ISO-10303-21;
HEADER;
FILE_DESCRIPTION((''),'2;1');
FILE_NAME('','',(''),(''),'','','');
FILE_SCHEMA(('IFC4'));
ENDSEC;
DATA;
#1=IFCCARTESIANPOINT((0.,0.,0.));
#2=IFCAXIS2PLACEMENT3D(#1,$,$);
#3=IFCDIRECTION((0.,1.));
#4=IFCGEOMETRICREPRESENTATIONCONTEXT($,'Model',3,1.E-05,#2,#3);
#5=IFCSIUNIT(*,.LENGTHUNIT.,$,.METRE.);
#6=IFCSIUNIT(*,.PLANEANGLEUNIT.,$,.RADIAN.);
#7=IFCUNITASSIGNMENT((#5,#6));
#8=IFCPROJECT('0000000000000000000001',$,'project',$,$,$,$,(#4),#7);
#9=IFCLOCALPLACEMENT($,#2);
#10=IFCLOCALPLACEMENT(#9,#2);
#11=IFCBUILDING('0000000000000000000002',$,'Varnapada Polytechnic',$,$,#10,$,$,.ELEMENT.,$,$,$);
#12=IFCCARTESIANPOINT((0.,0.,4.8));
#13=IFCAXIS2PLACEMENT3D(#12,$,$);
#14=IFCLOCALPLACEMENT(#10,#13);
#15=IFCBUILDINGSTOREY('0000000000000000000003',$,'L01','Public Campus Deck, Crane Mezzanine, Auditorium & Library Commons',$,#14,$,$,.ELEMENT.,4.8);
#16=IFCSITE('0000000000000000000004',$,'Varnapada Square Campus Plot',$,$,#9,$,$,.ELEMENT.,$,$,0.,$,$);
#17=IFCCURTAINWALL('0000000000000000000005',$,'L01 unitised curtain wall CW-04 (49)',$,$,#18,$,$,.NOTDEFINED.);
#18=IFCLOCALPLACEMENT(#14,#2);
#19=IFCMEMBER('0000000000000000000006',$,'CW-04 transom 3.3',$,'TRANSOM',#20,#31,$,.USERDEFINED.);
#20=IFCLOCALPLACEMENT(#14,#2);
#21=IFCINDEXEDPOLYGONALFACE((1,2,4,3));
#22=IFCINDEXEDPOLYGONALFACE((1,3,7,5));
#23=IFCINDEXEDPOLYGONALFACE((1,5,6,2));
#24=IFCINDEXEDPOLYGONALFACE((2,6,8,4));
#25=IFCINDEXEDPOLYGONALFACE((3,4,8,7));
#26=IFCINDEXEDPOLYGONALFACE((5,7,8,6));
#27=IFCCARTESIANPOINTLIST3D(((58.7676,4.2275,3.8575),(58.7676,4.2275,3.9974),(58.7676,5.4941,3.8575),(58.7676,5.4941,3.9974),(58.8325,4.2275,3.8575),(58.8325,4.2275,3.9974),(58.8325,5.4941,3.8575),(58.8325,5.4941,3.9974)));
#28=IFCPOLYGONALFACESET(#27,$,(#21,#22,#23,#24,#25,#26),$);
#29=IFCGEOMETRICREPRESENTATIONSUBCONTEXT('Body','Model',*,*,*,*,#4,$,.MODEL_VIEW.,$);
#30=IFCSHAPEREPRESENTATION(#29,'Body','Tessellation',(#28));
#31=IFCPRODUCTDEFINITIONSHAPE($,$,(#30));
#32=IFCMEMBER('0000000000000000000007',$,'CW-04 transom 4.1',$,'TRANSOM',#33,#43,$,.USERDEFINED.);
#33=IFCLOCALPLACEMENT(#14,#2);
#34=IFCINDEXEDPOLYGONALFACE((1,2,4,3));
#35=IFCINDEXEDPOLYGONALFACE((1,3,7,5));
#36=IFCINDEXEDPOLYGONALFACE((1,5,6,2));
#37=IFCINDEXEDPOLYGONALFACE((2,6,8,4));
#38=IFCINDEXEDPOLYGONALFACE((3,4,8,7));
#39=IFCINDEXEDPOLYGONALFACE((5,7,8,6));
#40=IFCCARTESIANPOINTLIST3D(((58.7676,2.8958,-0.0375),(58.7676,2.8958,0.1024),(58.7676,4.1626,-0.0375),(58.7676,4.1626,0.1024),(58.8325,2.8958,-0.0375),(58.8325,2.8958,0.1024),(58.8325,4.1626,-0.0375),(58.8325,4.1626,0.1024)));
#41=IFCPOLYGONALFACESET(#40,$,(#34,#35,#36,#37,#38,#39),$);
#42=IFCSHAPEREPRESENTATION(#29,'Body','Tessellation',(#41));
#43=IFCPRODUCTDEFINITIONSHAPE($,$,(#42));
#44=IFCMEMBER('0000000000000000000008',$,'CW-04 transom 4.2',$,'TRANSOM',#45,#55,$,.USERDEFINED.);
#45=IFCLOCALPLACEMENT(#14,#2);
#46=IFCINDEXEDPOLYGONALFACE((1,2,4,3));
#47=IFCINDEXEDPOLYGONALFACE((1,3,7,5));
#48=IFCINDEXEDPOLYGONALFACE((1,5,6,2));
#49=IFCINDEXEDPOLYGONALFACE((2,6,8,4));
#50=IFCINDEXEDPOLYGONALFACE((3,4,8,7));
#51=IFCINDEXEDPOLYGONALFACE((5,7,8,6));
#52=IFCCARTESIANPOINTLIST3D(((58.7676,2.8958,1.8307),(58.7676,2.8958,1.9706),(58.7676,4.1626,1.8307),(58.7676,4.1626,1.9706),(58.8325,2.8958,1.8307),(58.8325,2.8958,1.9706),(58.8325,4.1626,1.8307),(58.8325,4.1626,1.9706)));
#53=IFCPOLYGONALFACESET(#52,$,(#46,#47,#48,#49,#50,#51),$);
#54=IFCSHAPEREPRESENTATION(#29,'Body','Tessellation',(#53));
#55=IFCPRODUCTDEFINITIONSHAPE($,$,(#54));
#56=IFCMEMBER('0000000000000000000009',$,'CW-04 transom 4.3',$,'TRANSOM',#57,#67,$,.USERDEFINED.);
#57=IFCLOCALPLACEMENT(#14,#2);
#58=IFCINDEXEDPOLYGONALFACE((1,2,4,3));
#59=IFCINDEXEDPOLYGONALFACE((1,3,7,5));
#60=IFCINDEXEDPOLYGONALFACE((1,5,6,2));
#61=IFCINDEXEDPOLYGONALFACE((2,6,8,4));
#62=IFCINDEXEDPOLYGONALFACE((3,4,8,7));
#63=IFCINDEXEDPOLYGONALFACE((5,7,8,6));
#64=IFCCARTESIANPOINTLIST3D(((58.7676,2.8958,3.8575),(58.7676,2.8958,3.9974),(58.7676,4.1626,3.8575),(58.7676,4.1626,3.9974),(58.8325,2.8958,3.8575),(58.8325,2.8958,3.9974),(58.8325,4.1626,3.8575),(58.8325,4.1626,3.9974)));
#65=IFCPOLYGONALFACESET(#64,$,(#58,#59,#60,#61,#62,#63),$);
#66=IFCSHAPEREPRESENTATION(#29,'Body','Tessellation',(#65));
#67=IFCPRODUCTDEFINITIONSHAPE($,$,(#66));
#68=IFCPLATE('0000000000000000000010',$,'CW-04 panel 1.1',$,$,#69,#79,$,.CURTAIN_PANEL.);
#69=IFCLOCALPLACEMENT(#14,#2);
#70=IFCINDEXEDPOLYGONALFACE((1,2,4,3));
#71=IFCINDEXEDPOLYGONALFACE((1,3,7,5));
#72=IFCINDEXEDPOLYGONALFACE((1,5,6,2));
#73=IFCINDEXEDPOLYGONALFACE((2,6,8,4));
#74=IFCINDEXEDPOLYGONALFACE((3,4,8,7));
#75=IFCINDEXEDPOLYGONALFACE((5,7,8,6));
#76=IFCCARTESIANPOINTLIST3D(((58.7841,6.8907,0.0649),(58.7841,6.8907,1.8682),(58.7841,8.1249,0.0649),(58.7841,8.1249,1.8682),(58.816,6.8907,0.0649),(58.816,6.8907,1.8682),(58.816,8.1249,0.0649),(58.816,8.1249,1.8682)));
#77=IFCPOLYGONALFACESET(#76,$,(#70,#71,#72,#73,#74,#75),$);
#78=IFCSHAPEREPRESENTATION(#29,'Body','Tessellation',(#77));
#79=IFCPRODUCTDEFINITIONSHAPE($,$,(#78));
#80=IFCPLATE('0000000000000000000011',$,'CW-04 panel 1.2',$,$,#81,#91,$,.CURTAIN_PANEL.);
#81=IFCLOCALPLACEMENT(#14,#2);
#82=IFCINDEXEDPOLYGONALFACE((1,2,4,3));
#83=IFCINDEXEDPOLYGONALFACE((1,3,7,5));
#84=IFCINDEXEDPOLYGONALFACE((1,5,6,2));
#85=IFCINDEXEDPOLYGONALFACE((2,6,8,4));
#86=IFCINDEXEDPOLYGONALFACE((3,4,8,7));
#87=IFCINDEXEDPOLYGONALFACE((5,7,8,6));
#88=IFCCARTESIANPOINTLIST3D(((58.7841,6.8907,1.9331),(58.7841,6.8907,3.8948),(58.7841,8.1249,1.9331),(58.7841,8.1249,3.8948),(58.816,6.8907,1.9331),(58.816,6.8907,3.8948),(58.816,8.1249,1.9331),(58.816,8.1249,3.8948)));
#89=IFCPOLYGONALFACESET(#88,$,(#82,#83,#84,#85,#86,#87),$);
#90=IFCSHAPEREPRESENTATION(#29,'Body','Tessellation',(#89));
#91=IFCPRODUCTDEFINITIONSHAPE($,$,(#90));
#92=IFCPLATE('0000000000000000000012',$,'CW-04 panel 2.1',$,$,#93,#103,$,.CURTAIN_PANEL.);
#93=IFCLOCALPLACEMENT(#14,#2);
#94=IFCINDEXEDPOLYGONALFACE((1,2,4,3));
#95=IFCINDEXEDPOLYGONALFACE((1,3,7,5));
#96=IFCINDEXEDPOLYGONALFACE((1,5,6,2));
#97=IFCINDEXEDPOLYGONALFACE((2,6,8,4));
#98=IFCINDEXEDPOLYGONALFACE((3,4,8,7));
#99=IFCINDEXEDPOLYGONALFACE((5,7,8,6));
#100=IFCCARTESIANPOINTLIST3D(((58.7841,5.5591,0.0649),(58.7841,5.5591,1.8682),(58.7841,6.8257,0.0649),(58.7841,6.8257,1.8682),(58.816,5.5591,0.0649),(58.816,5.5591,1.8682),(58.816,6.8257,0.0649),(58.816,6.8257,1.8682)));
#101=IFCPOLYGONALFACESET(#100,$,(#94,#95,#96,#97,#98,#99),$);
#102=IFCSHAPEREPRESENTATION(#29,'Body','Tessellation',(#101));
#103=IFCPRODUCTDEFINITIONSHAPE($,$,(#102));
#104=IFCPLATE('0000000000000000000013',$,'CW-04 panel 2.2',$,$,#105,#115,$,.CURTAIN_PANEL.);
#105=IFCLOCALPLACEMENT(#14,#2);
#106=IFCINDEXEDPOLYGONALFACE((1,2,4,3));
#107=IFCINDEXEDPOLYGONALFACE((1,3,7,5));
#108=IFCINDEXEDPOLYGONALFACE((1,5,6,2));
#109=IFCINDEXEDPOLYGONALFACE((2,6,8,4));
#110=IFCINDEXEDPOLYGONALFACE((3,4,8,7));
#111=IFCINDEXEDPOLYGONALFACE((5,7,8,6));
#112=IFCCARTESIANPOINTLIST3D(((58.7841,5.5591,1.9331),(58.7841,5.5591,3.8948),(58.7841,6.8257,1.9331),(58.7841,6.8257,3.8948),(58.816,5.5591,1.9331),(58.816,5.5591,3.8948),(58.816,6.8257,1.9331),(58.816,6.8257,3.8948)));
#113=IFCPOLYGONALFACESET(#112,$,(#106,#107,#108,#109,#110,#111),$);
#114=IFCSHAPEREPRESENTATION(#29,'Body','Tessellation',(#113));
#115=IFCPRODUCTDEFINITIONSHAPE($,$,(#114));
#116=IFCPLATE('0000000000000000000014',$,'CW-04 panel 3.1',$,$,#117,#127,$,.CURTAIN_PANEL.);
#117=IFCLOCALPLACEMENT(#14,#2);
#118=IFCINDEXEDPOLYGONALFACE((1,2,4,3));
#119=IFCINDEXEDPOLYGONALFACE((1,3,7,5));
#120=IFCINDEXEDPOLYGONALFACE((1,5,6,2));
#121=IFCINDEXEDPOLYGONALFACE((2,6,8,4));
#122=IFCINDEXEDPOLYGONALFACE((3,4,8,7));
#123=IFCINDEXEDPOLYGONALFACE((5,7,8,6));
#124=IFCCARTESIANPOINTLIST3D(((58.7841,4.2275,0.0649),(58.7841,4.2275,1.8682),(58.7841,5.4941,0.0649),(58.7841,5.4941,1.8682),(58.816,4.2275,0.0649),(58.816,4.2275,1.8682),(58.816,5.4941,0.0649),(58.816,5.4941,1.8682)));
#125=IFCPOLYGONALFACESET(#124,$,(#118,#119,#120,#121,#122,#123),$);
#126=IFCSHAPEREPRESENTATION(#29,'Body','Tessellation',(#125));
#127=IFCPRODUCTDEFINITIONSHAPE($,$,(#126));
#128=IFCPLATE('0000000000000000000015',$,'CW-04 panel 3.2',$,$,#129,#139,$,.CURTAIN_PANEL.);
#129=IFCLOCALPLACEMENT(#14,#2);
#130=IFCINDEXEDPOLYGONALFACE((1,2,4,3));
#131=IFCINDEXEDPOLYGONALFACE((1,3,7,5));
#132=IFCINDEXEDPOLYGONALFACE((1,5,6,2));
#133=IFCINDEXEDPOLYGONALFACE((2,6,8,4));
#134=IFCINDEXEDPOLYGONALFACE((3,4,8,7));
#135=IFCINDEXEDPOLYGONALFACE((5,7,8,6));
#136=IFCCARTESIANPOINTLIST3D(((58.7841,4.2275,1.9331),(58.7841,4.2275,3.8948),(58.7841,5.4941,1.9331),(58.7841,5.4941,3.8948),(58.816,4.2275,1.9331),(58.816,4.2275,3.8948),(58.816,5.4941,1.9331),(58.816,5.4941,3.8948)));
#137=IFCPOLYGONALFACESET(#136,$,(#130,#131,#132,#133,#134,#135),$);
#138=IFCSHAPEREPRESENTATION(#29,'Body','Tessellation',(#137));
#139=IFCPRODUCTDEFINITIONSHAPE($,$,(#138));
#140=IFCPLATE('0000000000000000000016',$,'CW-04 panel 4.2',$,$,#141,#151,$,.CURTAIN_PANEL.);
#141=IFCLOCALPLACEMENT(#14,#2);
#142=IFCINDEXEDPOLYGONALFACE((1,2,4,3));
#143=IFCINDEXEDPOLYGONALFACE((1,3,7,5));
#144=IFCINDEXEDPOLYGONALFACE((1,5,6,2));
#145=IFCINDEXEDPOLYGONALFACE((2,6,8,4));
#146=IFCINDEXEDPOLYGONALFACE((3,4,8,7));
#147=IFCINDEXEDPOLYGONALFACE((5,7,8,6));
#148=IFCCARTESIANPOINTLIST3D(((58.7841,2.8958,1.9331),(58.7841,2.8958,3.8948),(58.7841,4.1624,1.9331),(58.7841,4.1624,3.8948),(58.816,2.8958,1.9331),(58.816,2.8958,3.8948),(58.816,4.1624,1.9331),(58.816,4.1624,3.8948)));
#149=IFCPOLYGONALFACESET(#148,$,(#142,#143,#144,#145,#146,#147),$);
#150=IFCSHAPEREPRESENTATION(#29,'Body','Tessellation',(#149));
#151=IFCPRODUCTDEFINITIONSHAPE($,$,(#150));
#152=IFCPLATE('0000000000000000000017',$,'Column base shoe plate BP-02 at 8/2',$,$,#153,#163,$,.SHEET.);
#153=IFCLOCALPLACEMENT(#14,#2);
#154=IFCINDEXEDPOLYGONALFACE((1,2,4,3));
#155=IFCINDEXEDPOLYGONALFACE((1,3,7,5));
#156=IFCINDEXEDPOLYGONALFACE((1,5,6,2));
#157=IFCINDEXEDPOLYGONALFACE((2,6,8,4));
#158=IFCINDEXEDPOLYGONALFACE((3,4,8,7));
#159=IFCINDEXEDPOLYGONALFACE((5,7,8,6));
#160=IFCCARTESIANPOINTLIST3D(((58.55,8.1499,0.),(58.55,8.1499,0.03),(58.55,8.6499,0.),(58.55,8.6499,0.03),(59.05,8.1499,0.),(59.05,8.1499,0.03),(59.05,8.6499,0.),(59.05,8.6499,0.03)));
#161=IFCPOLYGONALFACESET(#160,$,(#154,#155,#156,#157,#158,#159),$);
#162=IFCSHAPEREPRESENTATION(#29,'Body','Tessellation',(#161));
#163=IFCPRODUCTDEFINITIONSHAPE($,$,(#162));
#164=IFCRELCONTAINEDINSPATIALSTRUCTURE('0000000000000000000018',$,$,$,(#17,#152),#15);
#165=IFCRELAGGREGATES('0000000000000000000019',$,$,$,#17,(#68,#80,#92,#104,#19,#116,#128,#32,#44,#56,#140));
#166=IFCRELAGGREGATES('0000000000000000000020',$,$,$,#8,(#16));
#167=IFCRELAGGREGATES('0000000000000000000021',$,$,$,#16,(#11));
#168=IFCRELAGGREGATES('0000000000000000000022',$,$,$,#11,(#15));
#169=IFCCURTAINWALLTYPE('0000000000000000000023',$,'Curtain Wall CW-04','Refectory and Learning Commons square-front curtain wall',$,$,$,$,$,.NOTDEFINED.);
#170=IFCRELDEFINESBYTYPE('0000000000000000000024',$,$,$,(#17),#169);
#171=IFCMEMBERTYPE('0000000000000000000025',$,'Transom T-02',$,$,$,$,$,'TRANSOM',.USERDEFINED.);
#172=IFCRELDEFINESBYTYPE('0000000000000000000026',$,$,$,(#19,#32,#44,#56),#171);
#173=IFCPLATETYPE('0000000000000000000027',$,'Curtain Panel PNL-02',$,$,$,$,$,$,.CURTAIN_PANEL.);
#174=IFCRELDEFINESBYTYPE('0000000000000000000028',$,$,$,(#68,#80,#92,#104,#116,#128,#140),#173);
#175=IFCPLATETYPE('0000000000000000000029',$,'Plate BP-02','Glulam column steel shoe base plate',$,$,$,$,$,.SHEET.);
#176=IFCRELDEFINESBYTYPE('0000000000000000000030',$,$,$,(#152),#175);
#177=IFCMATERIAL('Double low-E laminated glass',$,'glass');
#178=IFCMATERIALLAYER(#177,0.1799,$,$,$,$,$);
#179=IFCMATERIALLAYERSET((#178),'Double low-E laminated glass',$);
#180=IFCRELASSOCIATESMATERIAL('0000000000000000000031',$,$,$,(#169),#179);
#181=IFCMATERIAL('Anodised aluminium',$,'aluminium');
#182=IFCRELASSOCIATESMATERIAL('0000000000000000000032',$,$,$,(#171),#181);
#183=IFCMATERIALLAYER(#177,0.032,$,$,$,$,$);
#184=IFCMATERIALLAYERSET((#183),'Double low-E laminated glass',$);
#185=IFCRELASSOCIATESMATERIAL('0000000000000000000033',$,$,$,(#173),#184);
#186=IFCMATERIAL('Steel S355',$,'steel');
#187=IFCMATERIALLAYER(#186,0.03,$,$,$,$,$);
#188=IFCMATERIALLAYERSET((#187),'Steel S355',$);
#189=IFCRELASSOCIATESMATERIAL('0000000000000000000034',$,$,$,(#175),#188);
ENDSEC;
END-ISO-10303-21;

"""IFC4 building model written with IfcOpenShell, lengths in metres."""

from ifc_helpers import new_model, si_unit, direction, frame, origin, origin_2d, place, context, subcontext, project, spatial, rectangle, extrude, material, layer, layer_set, material_profile, profile_set, type_object, element, aggregate, save


model = new_model("IFC4")

# Units and contexts
model_context = context("Model", 3, precision=1e-05, world=origin(), true_north=direction((0.0, 1.0)))
body_context = subcontext(model_context, "Body", "Model", "MODEL_VIEW")
ifc_project = project(units=[si_unit("LENGTHUNIT", "METRE"), si_unit("PLANEANGLEUNIT", "RADIAN")], contexts=[model_context])

# Site, building, storey
site_placement = place(None, origin())
site = spatial("IfcSite", under=ifc_project, at=site_placement, Name="Varnapada Square Campus Plot", CompositionType="ELEMENT", RefElevation=0.0)
building_placement = place(site_placement, origin())
building = spatial("IfcBuilding", under=site, at=building_placement, Name="Varnapada Polytechnic", CompositionType="ELEMENT")
storey_placement = place(building_placement, frame((0.0, 0.0, 4.8)))
storey = spatial("IfcBuildingStorey", under=building, at=storey_placement, Name="L01", Description="Public Campus Deck, Crane Mezzanine, Auditorium & Library Commons", CompositionType="ELEMENT", Elevation=4.8)

# Curtain wall
ifc_material_1 = material(Name="Double low-E laminated glass", Category="glass")
ifc_layer_1 = layer(ifc_material_1, 0.1799)
ifc_layer_set_1 = layer_set([ifc_layer_1], Name="Double low-E laminated glass")
curtain_wall_type = type_object("IfcCurtainWallType", Name="Curtain Wall CW-04", Description="Refectory and Learning Commons square-front curtain wall", PredefinedType="NOTDEFINED", material=ifc_layer_set_1)
curtain_wall_placement = place(storey_placement, origin())
curtain_wall = element("IfcCurtainWall", 1, at=curtain_wall_placement, inside=storey, type_object=curtain_wall_type, Name="L01 unitised curtain wall CW-04 (49)", PredefinedType="NOTDEFINED")
ifc_material_2 = material(Name="Anodised aluminium", Category="aluminium")

# Members
ifc_material_profile_1 = material_profile(ifc_material_2, rectangle(XDim=0.0649, YDim=0.1399, at=origin_2d()), Name="ALU T65x140")
ifc_profile_set_1 = profile_set([ifc_material_profile_1], Name="Anodised aluminium")
member_type_1 = type_object("IfcMemberType", Name="Transom T-02", ElementType="TRANSOM", PredefinedType="USERDEFINED", material=ifc_profile_set_1)
member_1_placement = place(storey_placement, frame((58.8, 5.4941, 3.9275), z_axis=(0.0, -1.0, 0.0), x_axis=(1.0, 0.0, 0.0)))
member_1 = element("IfcMember", 2, at=member_1_placement, type_object=member_type_1, Name="CW-04 transom 3.3", ObjectType="TRANSOM", PredefinedType="USERDEFINED", context=body_context, shape_type="SweptSolid", body=[
    extrude(rectangle(XDim=0.0649, YDim=0.1399, at=origin_2d()), origin(), (0.0, 0.0, 1.0), 1.2666),
])
member_2_placement = place(storey_placement, frame((58.8, 4.1626, 0.0325), z_axis=(0.0, -1.0, 0.0), x_axis=(1.0, 0.0, 0.0)))
member_2 = element("IfcMember", 3, at=member_2_placement, type_object=member_type_1, Name="CW-04 transom 4.1", ObjectType="TRANSOM", PredefinedType="USERDEFINED", context=body_context, shape_type="SweptSolid", body=[
    extrude(rectangle(XDim=0.0649, YDim=0.1399, at=origin_2d()), origin(), (0.0, 0.0, 1.0), 1.2668),
])
member_3_placement = place(storey_placement, frame((58.8, 4.1626, 1.9006), z_axis=(0.0, -1.0, 0.0), x_axis=(1.0, 0.0, 0.0)))
member_3 = element("IfcMember", 4, at=member_3_placement, type_object=member_type_1, Name="CW-04 transom 4.2", ObjectType="TRANSOM", PredefinedType="USERDEFINED", context=body_context, shape_type="SweptSolid", body=[
    extrude(rectangle(XDim=0.0649, YDim=0.1399, at=origin_2d()), origin(), (0.0, 0.0, 1.0), 1.2668),
])
member_4_placement = place(storey_placement, frame((58.8, 4.1626, 3.9275), z_axis=(0.0, -1.0, 0.0), x_axis=(1.0, 0.0, 0.0)))
member_4 = element("IfcMember", 5, at=member_4_placement, type_object=member_type_1, Name="CW-04 transom 4.3", ObjectType="TRANSOM", PredefinedType="USERDEFINED", context=body_context, shape_type="SweptSolid", body=[
    extrude(rectangle(XDim=0.0649, YDim=0.1399, at=origin_2d()), origin(), (0.0, 0.0, 1.0), 1.2668),
])

# Plates
ifc_layer_2 = layer(ifc_material_1, 0.032)
ifc_layer_set_2 = layer_set([ifc_layer_2], Name="Double low-E laminated glass")
plate_type_1 = type_object("IfcPlateType", Name="Curtain Panel PNL-02", PredefinedType="CURTAIN_PANEL", material=ifc_layer_set_2)
plate_1_placement = place(storey_placement, frame((58.8, 7.5078, 0.0649), z_axis=(0.0, 0.0, 1.0), x_axis=(0.0, -1.0, 0.0)))
plate_1 = element("IfcPlate", 6, at=plate_1_placement, type_object=plate_type_1, Name="CW-04 panel 1.1", PredefinedType="CURTAIN_PANEL", context=body_context, shape_type="SweptSolid", body=[
    extrude(rectangle(XDim=1.2341, YDim=0.032, at=origin_2d()), origin(), (0.0, 0.0, 1.0), 1.8032),
])
plate_2_placement = place(storey_placement, frame((58.8, 7.5078, 1.9331), z_axis=(0.0, 0.0, 1.0), x_axis=(0.0, -1.0, 0.0)))
plate_2 = element("IfcPlate", 7, at=plate_2_placement, type_object=plate_type_1, Name="CW-04 panel 1.2", PredefinedType="CURTAIN_PANEL", context=body_context, shape_type="SweptSolid", body=[
    extrude(rectangle(XDim=1.2341, YDim=0.032, at=origin_2d()), origin(), (0.0, 0.0, 1.0), 1.9617),
])
plate_3_placement = place(storey_placement, frame((58.8, 6.1924, 0.0649), z_axis=(0.0, 0.0, 1.0), x_axis=(0.0, -1.0, 0.0)))
plate_3 = element("IfcPlate", 8, at=plate_3_placement, type_object=plate_type_1, Name="CW-04 panel 2.1", PredefinedType="CURTAIN_PANEL", context=body_context, shape_type="SweptSolid", body=[
    extrude(rectangle(XDim=1.2666, YDim=0.032, at=origin_2d()), origin(), (0.0, 0.0, 1.0), 1.8032),
])
plate_4_placement = place(storey_placement, frame((58.8, 6.1924, 1.9331), z_axis=(0.0, 0.0, 1.0), x_axis=(0.0, -1.0, 0.0)))
plate_4 = element("IfcPlate", 9, at=plate_4_placement, type_object=plate_type_1, Name="CW-04 panel 2.2", PredefinedType="CURTAIN_PANEL", context=body_context, shape_type="SweptSolid", body=[
    extrude(rectangle(XDim=1.2666, YDim=0.032, at=origin_2d()), origin(), (0.0, 0.0, 1.0), 1.9617),
])
plate_5_placement = place(storey_placement, frame((58.8, 4.8608, 0.0649), z_axis=(0.0, 0.0, 1.0), x_axis=(0.0, -1.0, 0.0)))
plate_5 = element("IfcPlate", 10, at=plate_5_placement, type_object=plate_type_1, Name="CW-04 panel 3.1", PredefinedType="CURTAIN_PANEL", context=body_context, shape_type="SweptSolid", body=[
    extrude(rectangle(XDim=1.2666, YDim=0.032, at=origin_2d()), origin(), (0.0, 0.0, 1.0), 1.8032),
])
plate_6_placement = place(storey_placement, frame((58.8, 4.8608, 1.9331), z_axis=(0.0, 0.0, 1.0), x_axis=(0.0, -1.0, 0.0)))
plate_6 = element("IfcPlate", 11, at=plate_6_placement, type_object=plate_type_1, Name="CW-04 panel 3.2", PredefinedType="CURTAIN_PANEL", context=body_context, shape_type="SweptSolid", body=[
    extrude(rectangle(XDim=1.2666, YDim=0.032, at=origin_2d()), origin(), (0.0, 0.0, 1.0), 1.9617),
])
plate_7_placement = place(storey_placement, frame((58.8, 3.5291, 1.9331), z_axis=(0.0, 0.0, 1.0), x_axis=(0.0, -1.0, 0.0)))
plate_7 = element("IfcPlate", 12, at=plate_7_placement, type_object=plate_type_1, Name="CW-04 panel 4.2", PredefinedType="CURTAIN_PANEL", context=body_context, shape_type="SweptSolid", body=[
    extrude(rectangle(XDim=1.2666, YDim=0.032, at=origin_2d()), origin(), (0.0, 0.0, 1.0), 1.9617),
])
aggregate(curtain_wall, [plate_1, plate_2, plate_3, plate_4, member_1, plate_5, plate_6, member_2, member_3, member_4, plate_7])
ifc_material_3 = material(Name="Steel S355", Category="steel")
ifc_layer_3 = layer(ifc_material_3, 0.03)
ifc_layer_set_3 = layer_set([ifc_layer_3], Name="Steel S355")
plate_type_2 = type_object("IfcPlateType", Name="Plate BP-02", Description="Glulam column steel shoe base plate", PredefinedType="SHEET", material=ifc_layer_set_3)
plate_8_placement = place(storey_placement, frame((58.8, 8.3999, 0.0), z_axis=(0.0, 0.0, 1.0), x_axis=(1.0, 0.0, 0.0)))
element("IfcPlate", 13, at=plate_8_placement, inside=storey, type_object=plate_type_2, Name="Column base shoe plate BP-02 at 8/2", PredefinedType="SHEET", context=body_context, shape_type="SweptSolid", body=[
    extrude(rectangle(XDim=0.5, YDim=0.5, at=origin_2d()), origin(), (0.0, 0.0, 1.0), 0.03),
])

save(model, "model.ifc")
